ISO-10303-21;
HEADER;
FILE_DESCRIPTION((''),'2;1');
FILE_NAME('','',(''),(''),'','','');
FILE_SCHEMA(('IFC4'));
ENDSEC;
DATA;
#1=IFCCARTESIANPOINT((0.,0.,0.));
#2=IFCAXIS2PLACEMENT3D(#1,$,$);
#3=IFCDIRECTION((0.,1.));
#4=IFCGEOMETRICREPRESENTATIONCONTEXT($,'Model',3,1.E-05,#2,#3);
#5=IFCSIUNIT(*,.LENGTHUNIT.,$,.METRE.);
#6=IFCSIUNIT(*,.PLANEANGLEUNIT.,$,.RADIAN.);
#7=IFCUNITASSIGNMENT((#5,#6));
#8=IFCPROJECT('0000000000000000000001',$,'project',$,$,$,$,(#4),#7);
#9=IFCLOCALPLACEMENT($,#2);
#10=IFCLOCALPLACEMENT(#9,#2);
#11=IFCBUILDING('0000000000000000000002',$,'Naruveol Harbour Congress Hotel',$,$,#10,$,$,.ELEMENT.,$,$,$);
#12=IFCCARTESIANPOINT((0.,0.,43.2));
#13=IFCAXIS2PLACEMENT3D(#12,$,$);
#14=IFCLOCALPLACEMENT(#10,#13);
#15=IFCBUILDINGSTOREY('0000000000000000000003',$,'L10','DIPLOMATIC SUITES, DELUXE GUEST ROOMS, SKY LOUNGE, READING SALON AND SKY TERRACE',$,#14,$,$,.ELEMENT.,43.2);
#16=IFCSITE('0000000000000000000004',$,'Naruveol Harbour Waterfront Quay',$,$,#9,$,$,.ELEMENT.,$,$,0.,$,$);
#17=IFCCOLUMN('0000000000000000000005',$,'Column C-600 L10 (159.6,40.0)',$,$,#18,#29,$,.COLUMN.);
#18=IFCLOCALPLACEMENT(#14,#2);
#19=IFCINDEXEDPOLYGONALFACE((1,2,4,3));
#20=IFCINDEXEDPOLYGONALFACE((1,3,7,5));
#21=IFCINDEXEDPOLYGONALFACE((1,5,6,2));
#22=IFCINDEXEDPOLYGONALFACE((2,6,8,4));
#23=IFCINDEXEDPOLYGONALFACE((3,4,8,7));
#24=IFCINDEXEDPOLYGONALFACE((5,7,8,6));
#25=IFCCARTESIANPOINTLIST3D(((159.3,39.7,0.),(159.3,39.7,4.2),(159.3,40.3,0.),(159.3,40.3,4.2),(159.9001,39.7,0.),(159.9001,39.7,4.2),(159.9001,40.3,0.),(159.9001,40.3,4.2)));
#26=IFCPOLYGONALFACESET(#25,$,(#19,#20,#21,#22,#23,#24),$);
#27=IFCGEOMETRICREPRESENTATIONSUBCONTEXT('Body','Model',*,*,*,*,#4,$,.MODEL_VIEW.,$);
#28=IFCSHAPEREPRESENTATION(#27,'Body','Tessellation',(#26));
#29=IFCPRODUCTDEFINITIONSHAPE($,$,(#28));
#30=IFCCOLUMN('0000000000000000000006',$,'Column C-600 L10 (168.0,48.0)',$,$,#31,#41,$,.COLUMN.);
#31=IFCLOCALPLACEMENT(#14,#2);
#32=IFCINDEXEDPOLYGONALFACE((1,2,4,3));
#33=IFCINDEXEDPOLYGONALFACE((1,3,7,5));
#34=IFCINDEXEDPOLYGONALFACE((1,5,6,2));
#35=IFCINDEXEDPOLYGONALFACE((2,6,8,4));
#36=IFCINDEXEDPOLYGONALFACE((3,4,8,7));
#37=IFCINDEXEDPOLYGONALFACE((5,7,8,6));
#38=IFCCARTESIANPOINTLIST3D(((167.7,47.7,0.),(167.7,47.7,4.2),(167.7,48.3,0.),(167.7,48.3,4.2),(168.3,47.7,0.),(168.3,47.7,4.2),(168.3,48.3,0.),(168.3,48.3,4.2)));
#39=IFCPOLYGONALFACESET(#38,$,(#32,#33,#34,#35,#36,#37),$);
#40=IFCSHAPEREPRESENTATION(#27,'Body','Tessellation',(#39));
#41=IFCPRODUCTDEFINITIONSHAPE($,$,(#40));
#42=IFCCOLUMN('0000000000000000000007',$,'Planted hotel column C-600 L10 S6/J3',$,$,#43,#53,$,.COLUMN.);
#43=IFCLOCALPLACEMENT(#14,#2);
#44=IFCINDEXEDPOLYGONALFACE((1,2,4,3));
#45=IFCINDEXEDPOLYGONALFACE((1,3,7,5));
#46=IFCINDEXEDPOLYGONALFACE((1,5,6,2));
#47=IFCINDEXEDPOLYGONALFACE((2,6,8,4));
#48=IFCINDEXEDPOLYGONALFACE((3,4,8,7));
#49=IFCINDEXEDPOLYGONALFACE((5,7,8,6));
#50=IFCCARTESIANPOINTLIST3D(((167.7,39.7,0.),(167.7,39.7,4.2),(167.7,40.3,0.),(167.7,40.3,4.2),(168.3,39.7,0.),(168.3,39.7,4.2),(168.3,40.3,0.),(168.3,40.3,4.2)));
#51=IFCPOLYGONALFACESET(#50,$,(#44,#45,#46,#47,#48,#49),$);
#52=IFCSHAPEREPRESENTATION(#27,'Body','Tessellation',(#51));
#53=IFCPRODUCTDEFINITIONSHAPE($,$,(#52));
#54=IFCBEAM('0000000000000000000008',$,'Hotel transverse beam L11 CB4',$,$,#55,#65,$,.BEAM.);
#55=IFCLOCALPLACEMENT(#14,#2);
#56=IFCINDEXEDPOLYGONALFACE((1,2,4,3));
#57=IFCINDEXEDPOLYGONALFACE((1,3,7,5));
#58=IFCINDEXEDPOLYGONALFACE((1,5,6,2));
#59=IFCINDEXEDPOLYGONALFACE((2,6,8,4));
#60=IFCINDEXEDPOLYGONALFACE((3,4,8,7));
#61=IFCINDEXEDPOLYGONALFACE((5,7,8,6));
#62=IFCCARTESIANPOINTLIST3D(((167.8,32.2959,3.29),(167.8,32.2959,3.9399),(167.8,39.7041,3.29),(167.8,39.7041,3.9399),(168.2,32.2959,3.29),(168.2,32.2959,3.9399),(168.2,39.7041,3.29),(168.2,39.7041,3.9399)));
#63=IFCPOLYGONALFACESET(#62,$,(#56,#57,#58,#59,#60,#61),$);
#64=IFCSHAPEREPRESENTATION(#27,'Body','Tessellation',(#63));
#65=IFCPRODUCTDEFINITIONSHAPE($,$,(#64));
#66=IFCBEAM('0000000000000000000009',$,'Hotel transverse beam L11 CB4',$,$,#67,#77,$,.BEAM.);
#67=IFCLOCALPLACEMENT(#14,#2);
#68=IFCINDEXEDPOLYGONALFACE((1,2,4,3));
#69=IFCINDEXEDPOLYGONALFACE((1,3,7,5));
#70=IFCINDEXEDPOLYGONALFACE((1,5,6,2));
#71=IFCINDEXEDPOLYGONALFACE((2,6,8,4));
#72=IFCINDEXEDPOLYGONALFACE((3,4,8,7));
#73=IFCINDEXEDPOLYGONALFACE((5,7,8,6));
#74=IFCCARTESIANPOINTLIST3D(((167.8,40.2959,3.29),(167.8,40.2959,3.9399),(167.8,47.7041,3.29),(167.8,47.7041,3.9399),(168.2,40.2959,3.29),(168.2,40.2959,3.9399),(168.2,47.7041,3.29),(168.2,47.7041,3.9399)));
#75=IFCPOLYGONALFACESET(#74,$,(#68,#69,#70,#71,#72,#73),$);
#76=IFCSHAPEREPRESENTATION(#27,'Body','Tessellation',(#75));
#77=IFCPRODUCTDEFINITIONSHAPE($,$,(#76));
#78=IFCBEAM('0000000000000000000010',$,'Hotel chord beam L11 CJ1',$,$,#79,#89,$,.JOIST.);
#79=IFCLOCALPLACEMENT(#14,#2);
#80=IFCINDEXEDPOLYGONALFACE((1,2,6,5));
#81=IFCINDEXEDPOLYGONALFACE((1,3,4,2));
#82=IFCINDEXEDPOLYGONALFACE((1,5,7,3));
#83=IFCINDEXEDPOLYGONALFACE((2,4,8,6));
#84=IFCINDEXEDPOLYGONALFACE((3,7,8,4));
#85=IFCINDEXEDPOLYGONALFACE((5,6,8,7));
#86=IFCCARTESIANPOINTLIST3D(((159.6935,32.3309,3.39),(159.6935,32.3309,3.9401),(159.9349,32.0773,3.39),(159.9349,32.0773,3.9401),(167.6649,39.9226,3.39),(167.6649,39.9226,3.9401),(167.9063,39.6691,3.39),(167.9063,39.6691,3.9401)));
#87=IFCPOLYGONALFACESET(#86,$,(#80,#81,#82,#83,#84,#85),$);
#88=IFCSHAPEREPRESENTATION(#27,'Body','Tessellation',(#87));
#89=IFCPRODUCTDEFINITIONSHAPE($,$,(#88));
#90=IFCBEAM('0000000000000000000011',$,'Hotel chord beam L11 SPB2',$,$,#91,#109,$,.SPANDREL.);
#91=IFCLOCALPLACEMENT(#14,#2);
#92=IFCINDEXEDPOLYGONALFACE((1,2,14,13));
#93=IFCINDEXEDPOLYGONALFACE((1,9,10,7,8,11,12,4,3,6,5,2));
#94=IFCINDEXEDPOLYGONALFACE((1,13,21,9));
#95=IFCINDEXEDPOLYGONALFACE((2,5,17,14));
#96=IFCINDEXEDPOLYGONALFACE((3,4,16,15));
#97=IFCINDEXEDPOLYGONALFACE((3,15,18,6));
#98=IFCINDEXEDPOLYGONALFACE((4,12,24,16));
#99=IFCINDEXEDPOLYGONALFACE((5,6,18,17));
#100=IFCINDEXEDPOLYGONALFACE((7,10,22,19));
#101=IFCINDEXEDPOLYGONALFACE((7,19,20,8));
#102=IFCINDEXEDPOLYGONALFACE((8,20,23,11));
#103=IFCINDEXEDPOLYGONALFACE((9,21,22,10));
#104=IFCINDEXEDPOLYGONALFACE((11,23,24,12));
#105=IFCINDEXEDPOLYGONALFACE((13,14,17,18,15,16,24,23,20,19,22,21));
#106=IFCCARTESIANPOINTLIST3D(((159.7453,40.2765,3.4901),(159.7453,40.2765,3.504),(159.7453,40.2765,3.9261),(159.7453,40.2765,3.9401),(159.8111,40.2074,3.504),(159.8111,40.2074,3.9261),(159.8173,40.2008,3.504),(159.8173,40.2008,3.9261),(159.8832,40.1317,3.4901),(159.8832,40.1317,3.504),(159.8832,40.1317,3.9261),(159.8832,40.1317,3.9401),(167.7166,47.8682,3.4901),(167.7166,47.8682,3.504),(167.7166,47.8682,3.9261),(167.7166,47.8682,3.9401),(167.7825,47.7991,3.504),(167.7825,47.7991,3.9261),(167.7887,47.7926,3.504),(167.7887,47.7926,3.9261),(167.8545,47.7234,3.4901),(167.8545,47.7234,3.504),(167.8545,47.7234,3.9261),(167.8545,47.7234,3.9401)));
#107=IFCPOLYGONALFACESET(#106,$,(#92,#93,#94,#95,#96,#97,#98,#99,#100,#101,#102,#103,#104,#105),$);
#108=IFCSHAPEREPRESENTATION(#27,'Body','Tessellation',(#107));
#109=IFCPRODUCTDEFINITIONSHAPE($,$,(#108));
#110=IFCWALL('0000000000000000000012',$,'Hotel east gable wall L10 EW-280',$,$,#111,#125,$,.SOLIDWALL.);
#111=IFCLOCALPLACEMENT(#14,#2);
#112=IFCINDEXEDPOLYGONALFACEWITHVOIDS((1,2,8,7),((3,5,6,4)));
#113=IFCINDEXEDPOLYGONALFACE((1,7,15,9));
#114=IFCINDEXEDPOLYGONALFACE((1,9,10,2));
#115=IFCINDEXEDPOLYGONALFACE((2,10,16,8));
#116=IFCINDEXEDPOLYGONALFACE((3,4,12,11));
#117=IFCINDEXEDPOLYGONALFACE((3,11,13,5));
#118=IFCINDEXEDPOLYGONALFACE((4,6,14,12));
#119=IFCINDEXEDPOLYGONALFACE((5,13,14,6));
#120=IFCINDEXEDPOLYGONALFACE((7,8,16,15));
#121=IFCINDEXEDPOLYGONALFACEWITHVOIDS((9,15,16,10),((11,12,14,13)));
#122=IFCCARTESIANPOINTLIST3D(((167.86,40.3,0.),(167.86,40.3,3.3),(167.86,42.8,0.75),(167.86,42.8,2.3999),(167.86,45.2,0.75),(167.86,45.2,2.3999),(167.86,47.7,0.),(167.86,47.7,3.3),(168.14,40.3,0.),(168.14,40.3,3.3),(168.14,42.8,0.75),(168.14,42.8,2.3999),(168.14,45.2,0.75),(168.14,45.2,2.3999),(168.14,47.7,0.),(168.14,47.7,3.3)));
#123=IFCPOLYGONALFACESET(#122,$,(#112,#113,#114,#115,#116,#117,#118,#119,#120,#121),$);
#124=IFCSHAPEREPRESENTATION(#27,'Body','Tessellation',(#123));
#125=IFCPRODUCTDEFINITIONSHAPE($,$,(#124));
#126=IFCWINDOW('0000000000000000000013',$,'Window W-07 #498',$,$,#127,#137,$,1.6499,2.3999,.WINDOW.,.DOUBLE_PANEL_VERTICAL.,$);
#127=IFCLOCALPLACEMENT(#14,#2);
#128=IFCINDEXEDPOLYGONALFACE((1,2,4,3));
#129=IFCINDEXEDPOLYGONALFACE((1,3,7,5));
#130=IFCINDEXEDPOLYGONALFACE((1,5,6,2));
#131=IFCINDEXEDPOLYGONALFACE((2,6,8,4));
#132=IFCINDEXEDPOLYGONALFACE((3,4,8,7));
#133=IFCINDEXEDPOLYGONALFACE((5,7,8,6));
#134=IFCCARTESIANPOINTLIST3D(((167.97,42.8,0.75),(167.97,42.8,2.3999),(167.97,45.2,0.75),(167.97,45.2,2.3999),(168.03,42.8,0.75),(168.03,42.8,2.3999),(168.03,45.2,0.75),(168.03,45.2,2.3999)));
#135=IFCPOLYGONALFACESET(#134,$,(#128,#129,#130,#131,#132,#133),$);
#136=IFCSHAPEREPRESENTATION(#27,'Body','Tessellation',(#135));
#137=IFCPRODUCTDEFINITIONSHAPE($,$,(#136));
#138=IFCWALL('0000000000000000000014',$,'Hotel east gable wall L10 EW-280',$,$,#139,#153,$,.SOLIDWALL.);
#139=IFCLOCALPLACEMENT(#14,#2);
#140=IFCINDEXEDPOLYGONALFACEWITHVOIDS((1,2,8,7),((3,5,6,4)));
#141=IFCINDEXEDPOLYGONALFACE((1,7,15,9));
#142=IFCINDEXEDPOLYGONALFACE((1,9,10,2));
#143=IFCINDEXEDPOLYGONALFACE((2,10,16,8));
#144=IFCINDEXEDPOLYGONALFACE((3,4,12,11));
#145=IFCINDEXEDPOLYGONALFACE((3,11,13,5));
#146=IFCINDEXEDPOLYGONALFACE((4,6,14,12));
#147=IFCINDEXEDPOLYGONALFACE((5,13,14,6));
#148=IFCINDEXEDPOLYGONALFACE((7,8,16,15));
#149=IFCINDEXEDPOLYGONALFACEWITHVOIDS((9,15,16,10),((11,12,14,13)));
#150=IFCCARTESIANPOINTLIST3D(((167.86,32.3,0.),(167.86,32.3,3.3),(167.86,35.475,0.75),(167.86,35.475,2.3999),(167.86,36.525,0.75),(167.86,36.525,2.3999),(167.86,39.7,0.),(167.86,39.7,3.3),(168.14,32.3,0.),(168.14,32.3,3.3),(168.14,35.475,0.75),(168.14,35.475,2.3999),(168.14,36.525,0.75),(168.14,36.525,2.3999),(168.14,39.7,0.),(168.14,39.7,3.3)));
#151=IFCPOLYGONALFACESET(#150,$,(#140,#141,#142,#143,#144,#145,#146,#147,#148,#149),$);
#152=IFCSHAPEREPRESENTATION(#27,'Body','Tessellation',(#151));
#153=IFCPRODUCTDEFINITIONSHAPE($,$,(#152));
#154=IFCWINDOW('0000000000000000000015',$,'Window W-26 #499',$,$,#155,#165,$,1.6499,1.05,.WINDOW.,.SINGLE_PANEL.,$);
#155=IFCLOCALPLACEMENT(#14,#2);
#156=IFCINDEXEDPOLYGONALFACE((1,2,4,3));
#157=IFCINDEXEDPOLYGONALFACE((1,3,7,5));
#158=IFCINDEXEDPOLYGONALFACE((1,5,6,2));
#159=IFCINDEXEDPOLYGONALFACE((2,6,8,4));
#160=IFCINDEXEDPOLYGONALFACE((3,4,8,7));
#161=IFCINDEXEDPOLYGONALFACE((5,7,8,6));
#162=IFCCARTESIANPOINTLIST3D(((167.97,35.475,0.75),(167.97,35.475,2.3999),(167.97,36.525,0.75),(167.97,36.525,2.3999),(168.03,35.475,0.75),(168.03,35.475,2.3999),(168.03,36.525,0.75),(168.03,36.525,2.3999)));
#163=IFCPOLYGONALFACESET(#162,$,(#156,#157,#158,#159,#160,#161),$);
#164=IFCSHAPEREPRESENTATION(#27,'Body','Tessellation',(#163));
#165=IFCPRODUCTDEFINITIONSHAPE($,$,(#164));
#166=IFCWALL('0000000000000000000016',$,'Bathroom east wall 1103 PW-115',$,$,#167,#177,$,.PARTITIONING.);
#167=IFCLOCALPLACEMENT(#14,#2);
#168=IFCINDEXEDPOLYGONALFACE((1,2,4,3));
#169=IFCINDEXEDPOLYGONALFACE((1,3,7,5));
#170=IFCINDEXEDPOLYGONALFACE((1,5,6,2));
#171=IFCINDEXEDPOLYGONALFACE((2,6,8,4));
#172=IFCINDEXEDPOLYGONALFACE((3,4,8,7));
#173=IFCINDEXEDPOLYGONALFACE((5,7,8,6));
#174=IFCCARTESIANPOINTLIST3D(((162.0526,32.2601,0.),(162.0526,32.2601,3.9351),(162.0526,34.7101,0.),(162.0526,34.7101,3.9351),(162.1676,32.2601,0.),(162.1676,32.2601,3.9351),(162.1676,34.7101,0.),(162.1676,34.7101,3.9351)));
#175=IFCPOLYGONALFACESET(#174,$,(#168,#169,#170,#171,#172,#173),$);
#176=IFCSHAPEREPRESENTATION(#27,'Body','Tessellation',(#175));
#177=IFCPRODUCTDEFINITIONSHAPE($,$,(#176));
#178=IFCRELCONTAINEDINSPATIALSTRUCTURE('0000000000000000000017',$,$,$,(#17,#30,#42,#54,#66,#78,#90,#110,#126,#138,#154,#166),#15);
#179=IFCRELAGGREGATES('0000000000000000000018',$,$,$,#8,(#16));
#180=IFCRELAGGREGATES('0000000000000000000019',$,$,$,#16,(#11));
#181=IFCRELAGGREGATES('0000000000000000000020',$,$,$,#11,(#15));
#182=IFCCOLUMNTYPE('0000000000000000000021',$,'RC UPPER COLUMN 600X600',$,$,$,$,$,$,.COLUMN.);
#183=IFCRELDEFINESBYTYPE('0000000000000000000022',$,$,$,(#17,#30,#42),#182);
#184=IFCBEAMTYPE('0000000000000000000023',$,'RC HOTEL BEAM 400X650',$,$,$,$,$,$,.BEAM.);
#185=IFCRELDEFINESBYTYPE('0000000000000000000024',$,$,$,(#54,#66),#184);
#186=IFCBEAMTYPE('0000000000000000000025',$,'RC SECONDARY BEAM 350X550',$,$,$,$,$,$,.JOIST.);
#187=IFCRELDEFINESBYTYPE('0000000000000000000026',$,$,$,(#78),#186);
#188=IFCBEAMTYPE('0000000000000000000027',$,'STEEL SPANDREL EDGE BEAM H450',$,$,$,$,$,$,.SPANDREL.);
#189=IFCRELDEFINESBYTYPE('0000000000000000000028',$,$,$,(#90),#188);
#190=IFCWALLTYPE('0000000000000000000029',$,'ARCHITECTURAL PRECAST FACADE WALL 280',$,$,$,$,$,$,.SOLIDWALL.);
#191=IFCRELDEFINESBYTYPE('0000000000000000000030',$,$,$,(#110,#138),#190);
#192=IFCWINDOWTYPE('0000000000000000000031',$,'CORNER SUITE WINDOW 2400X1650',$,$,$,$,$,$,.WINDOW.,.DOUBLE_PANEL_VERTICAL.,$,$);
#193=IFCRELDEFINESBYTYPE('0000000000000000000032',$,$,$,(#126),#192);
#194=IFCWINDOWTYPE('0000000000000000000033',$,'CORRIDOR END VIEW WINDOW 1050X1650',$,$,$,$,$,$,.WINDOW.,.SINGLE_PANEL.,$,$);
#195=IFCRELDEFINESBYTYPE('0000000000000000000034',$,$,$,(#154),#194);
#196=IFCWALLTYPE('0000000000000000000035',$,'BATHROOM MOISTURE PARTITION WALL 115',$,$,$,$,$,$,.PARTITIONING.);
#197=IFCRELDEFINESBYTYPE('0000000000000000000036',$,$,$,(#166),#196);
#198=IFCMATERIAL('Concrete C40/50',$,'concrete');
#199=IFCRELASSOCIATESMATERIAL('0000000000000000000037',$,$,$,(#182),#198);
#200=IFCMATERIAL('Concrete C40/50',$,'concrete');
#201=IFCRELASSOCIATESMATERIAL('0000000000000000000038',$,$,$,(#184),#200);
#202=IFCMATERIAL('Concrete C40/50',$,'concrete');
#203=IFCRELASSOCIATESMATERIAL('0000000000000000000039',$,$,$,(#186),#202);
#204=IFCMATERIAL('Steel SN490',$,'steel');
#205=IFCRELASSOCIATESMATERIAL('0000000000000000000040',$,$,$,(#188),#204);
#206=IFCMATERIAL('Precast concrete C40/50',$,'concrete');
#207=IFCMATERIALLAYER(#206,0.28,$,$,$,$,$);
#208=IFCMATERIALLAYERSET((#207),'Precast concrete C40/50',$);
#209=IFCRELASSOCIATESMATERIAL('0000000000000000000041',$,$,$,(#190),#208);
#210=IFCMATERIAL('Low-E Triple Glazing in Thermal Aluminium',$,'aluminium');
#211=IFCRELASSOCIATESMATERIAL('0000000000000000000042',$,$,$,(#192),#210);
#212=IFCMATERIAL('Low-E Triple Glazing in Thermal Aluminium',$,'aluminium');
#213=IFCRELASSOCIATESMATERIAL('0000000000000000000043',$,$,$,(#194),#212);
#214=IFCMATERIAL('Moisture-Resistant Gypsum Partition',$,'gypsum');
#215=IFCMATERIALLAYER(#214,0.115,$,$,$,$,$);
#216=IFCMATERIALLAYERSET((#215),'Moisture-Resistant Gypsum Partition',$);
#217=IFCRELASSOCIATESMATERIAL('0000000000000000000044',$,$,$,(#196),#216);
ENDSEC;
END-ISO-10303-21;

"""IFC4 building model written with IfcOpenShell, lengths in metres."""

from ifc_helpers import new_model, si_unit, direction, frame, frame_2d, origin, origin_2d, place, context, subcontext, project, spatial, rectangle, i_section, extrude, material, layer, layer_set, material_profile, profile_set, type_object, element, fill, save


model = new_model("IFC4")

# Units and contexts
model_context = context("Model", 3, precision=1e-05, world=origin(), true_north=direction((0.0, 1.0)))
body_context = subcontext(model_context, "Body", "Model", "MODEL_VIEW")
ifc_project = project(units=[si_unit("LENGTHUNIT", "METRE"), si_unit("PLANEANGLEUNIT", "RADIAN")], contexts=[model_context])

# Site, building, storey
site_placement = place(None, origin())
site = spatial("IfcSite", under=ifc_project, at=site_placement, Name="Naruveol Harbour Waterfront Quay", CompositionType="ELEMENT", RefElevation=0.0)
building_placement = place(site_placement, origin())
building = spatial("IfcBuilding", under=site, at=building_placement, Name="Naruveol Harbour Congress Hotel", CompositionType="ELEMENT")
storey_placement = place(building_placement, frame((0.0, 0.0, 43.2)))
storey = spatial("IfcBuildingStorey", under=building, at=storey_placement, Name="L10", Description="DIPLOMATIC SUITES, DELUXE GUEST ROOMS, SKY LOUNGE, READING SALON AND SKY TERRACE", CompositionType="ELEMENT", Elevation=43.2)

# Columns
ifc_material_1 = material(Name="Concrete C40/50", Category="concrete")
ifc_material_profile_1 = material_profile(ifc_material_1, rectangle(XDim=0.6001, YDim=0.6001, at=origin_2d()), Name="RC-600x600")
ifc_profile_set_1 = profile_set([ifc_material_profile_1], Name="Concrete C40/50")
column_type = type_object("IfcColumnType", Name="RC UPPER COLUMN 600X600", PredefinedType="COLUMN", material=ifc_profile_set_1)
for number, where, z_axis, x_axis, name in (
    (1, (159.6001, 40.0, 0.0), (0.0, 0.0, 1.0), (1.0, 0.0, 0.0), "Column C-600 L10 (159.6,40.0)"),
    (2, (168.0, 48.0, 0.0), (0.0, 0.0, 1.0), (1.0, 0.0, 0.0), "Column C-600 L10 (168.0,48.0)"),
    (3, (168.0, 40.0, 0.0), (0.0, 0.0, 1.0), (1.0, 0.0, 0.0), "Planted hotel column C-600 L10 S6/J3"),
):
    element("IfcColumn", number, at=place(storey_placement, frame(where, z_axis=z_axis, x_axis=x_axis)), inside=storey, type_object=column_type, Name=name, PredefinedType="COLUMN", context=body_context, shape_type="SweptSolid", body=[
        extrude(rectangle(XDim=0.6001, YDim=0.6001, at=origin_2d()), origin(), (0.0, 0.0, 1.0), 4.2),
    ])

# Beams
ifc_material_2 = material(Name="Concrete C40/50", Category="concrete")
ifc_material_profile_2 = material_profile(ifc_material_2, rectangle(XDim=0.3999, YDim=0.6499, at=origin_2d()), Name="RCB-400x650")
ifc_profile_set_2 = profile_set([ifc_material_profile_2], Name="Concrete C40/50")
beam_type_1 = type_object("IfcBeamType", Name="RC HOTEL BEAM 400X650", PredefinedType="BEAM", material=ifc_profile_set_2)
for number, where, z_axis, x_axis, name in (
    (4, (168.0, 32.2959, 3.615), (0.0, 1.0, 0.0), (-1.0, 0.0, 0.0), "Hotel transverse beam L11 CB4"),
    (5, (168.0, 40.2959, 3.615), (0.0, 1.0, 0.0), (-1.0, 0.0, 0.0), "Hotel transverse beam L11 CB4"),
):
    element("IfcBeam", number, at=place(storey_placement, frame(where, z_axis=z_axis, x_axis=x_axis)), inside=storey, type_object=beam_type_1, Name=name, PredefinedType="BEAM", context=body_context, shape_type="SweptSolid", body=[
        extrude(rectangle(XDim=0.3999, YDim=0.6499, at=origin_2d()), origin(), (0.0, 0.0, 1.0), 7.4082),
    ])
ifc_material_3 = material(Name="Concrete C40/50", Category="concrete")
ifc_material_profile_3 = material_profile(ifc_material_3, rectangle(XDim=0.3501, YDim=0.55, at=origin_2d()), Name="RCB-350x550")
ifc_profile_set_3 = profile_set([ifc_material_profile_3], Name="Concrete C40/50")
beam_type_2 = type_object("IfcBeamType", Name="RC SECONDARY BEAM 350X550", PredefinedType="JOIST", material=ifc_profile_set_3)
beam_1_placement = place(storey_placement, frame((159.8142, 32.2041, 3.665), z_axis=(0.72414, 0.689653, 0.0), x_axis=(-0.689653, 0.72414, 0.0)))
element("IfcBeam", 6, at=beam_1_placement, inside=storey, type_object=beam_type_2, Name="Hotel chord beam L11 CJ1", PredefinedType="JOIST", context=body_context, shape_type="SweptSolid", body=[
    extrude(rectangle(XDim=0.3501, YDim=0.55, at=origin_2d()), origin(), (0.0, 0.0, 1.0), 11.0081),
])
ifc_material_4 = material(Name="Steel SN490", Category="steel")
ifc_material_profile_4 = material_profile(ifc_material_4, i_section(OverallWidth=0.2, OverallDepth=0.45, WebThickness=0.009, FlangeThickness=0.0139, at=origin_2d()), Name="H-450x200x9x14")
ifc_profile_set_4 = profile_set([ifc_material_profile_4], Name="Steel SN490")
beam_type_3 = type_object("IfcBeamType", Name="STEEL SPANDREL EDGE BEAM H450", PredefinedType="SPANDREL", material=ifc_profile_set_4)
beam_2_placement = place(storey_placement, frame((159.8142, 40.2041, 3.7151), z_axis=(0.72414, 0.689653, 0.0), x_axis=(-0.689653, 0.72414, 0.0)))
element("IfcBeam", 7, at=beam_2_placement, inside=storey, type_object=beam_type_3, Name="Hotel chord beam L11 SPB2", PredefinedType="SPANDREL", context=body_context, shape_type="SweptSolid", body=[
    extrude(i_section(OverallWidth=0.2, OverallDepth=0.45, WebThickness=0.009, FlangeThickness=0.0139, at=origin_2d()), origin(), (0.0, 0.0, 1.0), 11.0081),
])

# Walls, openings, windows
ifc_material_5 = material(Name="Precast concrete C40/50", Category="concrete")
ifc_layer_1 = layer(ifc_material_5, 0.28)
ifc_layer_set_1 = layer_set([ifc_layer_1], Name="Precast concrete C40/50")
wall_type_1 = type_object("IfcWallType", Name="ARCHITECTURAL PRECAST FACADE WALL 280", PredefinedType="SOLIDWALL", material=ifc_layer_set_1)
wall_1_placement = place(storey_placement, frame((168.0, 47.7, 0.0), z_axis=(0.0, 0.0, 1.0), x_axis=(0.0, -1.0, 0.0)))
wall_1 = element("IfcWall", 8, at=wall_1_placement, inside=storey, type_object=wall_type_1, Name="Hotel east gable wall L10 EW-280", PredefinedType="SOLIDWALL", context=body_context, shape_type="SweptSolid", body=[
    extrude(rectangle(XDim=7.3999, YDim=0.28, at=frame_2d((3.7, 0.0))), origin(), (0.0, 0.0, 1.0), 3.3),
])
opening_1_placement = place(wall_1_placement, frame((2.5, 0.0, 0.75)))
opening_1 = element("IfcOpeningElement", 9, at=opening_1_placement, cuts=wall_1, PredefinedType="OPENING", context=body_context, shape_type="SweptSolid", body=[
    extrude(rectangle(XDim=2.3999, YDim=1.6499, at=frame_2d((1.2, 0.825))), frame((0.0, 0.1499, 0.0), z_axis=(0.0, -1.0, 0.0), x_axis=(1.0, 0.0, 0.0)), (0.0, 0.0, 1.0), 0.3),
])
ifc_material_6 = material(Name="Low-E Triple Glazing in Thermal Aluminium", Category="aluminium")
window_type_1 = type_object("IfcWindowType", Name="CORNER SUITE WINDOW 2400X1650", PartitioningType="DOUBLE_PANEL_VERTICAL", PredefinedType="WINDOW", material=ifc_material_6)
window_1_placement = place(opening_1_placement, origin())
window_1 = element("IfcWindow", 10, at=window_1_placement, inside=storey, type_object=window_type_1, Name="Window W-07 #498", OverallHeight=1.6499, OverallWidth=2.3999, PartitioningType="DOUBLE_PANEL_VERTICAL", PredefinedType="WINDOW", context=body_context, shape_type="SweptSolid", body=[
    extrude(rectangle(XDim=2.3999, YDim=1.6499, at=frame_2d((1.2, 0.825))), frame((0.0, 0.03, 0.0), z_axis=(0.0, -1.0, 0.0), x_axis=(1.0, 0.0, 0.0)), (0.0, 0.0, 1.0), 0.0601),
])
fill(opening_1, window_1)
wall_2_placement = place(storey_placement, frame((168.0, 39.7, 0.0), z_axis=(0.0, 0.0, 1.0), x_axis=(0.0, -1.0, 0.0)))
wall_2 = element("IfcWall", 11, at=wall_2_placement, inside=storey, type_object=wall_type_1, Name="Hotel east gable wall L10 EW-280", PredefinedType="SOLIDWALL", context=body_context, shape_type="SweptSolid", body=[
    extrude(rectangle(XDim=7.3999, YDim=0.28, at=frame_2d((3.7, 0.0))), origin(), (0.0, 0.0, 1.0), 3.3),
])
opening_2_placement = place(wall_2_placement, frame((3.175, 0.0, 0.75)))
opening_2 = element("IfcOpeningElement", 12, at=opening_2_placement, cuts=wall_2, PredefinedType="OPENING", context=body_context, shape_type="SweptSolid", body=[
    extrude(rectangle(XDim=1.05, YDim=1.6499, at=frame_2d((0.5249, 0.825))), frame((0.0, 0.1499, 0.0), z_axis=(0.0, -1.0, 0.0), x_axis=(1.0, 0.0, 0.0)), (0.0, 0.0, 1.0), 0.3),
])
ifc_material_7 = material(Name="Low-E Triple Glazing in Thermal Aluminium", Category="aluminium")
window_type_2 = type_object("IfcWindowType", Name="CORRIDOR END VIEW WINDOW 1050X1650", PartitioningType="SINGLE_PANEL", PredefinedType="WINDOW", material=ifc_material_7)
window_2_placement = place(opening_2_placement, origin())
window_2 = element("IfcWindow", 13, at=window_2_placement, inside=storey, type_object=window_type_2, Name="Window W-26 #499", OverallHeight=1.6499, OverallWidth=1.05, PartitioningType="SINGLE_PANEL", PredefinedType="WINDOW", context=body_context, shape_type="SweptSolid", body=[
    extrude(rectangle(XDim=1.05, YDim=1.6499, at=frame_2d((0.5249, 0.825))), frame((0.0, 0.03, 0.0), z_axis=(0.0, -1.0, 0.0), x_axis=(1.0, 0.0, 0.0)), (0.0, 0.0, 1.0), 0.0601),
])
fill(opening_2, window_2)

# Wall
ifc_material_8 = material(Name="Moisture-Resistant Gypsum Partition", Category="gypsum")
ifc_layer_2 = layer(ifc_material_8, 0.115)
ifc_layer_set_2 = layer_set([ifc_layer_2], Name="Moisture-Resistant Gypsum Partition")
wall_type_2 = type_object("IfcWallType", Name="BATHROOM MOISTURE PARTITION WALL 115", PredefinedType="PARTITIONING", material=ifc_layer_set_2)
wall_3_placement = place(storey_placement, frame((162.1101, 32.26, 0.0), z_axis=(0.0, 0.0, 1.0), x_axis=(0.0, 1.0, 0.0)))
element("IfcWall", 14, at=wall_3_placement, inside=storey, type_object=wall_type_2, Name="Bathroom east wall 1103 PW-115", PredefinedType="PARTITIONING", context=body_context, shape_type="SweptSolid", body=[
    extrude(rectangle(XDim=2.45, YDim=0.115, at=frame_2d((1.2251, 0.0))), origin(), (0.0, 0.0, 1.0), 3.9351),
])

save(model, "model.ifc")
